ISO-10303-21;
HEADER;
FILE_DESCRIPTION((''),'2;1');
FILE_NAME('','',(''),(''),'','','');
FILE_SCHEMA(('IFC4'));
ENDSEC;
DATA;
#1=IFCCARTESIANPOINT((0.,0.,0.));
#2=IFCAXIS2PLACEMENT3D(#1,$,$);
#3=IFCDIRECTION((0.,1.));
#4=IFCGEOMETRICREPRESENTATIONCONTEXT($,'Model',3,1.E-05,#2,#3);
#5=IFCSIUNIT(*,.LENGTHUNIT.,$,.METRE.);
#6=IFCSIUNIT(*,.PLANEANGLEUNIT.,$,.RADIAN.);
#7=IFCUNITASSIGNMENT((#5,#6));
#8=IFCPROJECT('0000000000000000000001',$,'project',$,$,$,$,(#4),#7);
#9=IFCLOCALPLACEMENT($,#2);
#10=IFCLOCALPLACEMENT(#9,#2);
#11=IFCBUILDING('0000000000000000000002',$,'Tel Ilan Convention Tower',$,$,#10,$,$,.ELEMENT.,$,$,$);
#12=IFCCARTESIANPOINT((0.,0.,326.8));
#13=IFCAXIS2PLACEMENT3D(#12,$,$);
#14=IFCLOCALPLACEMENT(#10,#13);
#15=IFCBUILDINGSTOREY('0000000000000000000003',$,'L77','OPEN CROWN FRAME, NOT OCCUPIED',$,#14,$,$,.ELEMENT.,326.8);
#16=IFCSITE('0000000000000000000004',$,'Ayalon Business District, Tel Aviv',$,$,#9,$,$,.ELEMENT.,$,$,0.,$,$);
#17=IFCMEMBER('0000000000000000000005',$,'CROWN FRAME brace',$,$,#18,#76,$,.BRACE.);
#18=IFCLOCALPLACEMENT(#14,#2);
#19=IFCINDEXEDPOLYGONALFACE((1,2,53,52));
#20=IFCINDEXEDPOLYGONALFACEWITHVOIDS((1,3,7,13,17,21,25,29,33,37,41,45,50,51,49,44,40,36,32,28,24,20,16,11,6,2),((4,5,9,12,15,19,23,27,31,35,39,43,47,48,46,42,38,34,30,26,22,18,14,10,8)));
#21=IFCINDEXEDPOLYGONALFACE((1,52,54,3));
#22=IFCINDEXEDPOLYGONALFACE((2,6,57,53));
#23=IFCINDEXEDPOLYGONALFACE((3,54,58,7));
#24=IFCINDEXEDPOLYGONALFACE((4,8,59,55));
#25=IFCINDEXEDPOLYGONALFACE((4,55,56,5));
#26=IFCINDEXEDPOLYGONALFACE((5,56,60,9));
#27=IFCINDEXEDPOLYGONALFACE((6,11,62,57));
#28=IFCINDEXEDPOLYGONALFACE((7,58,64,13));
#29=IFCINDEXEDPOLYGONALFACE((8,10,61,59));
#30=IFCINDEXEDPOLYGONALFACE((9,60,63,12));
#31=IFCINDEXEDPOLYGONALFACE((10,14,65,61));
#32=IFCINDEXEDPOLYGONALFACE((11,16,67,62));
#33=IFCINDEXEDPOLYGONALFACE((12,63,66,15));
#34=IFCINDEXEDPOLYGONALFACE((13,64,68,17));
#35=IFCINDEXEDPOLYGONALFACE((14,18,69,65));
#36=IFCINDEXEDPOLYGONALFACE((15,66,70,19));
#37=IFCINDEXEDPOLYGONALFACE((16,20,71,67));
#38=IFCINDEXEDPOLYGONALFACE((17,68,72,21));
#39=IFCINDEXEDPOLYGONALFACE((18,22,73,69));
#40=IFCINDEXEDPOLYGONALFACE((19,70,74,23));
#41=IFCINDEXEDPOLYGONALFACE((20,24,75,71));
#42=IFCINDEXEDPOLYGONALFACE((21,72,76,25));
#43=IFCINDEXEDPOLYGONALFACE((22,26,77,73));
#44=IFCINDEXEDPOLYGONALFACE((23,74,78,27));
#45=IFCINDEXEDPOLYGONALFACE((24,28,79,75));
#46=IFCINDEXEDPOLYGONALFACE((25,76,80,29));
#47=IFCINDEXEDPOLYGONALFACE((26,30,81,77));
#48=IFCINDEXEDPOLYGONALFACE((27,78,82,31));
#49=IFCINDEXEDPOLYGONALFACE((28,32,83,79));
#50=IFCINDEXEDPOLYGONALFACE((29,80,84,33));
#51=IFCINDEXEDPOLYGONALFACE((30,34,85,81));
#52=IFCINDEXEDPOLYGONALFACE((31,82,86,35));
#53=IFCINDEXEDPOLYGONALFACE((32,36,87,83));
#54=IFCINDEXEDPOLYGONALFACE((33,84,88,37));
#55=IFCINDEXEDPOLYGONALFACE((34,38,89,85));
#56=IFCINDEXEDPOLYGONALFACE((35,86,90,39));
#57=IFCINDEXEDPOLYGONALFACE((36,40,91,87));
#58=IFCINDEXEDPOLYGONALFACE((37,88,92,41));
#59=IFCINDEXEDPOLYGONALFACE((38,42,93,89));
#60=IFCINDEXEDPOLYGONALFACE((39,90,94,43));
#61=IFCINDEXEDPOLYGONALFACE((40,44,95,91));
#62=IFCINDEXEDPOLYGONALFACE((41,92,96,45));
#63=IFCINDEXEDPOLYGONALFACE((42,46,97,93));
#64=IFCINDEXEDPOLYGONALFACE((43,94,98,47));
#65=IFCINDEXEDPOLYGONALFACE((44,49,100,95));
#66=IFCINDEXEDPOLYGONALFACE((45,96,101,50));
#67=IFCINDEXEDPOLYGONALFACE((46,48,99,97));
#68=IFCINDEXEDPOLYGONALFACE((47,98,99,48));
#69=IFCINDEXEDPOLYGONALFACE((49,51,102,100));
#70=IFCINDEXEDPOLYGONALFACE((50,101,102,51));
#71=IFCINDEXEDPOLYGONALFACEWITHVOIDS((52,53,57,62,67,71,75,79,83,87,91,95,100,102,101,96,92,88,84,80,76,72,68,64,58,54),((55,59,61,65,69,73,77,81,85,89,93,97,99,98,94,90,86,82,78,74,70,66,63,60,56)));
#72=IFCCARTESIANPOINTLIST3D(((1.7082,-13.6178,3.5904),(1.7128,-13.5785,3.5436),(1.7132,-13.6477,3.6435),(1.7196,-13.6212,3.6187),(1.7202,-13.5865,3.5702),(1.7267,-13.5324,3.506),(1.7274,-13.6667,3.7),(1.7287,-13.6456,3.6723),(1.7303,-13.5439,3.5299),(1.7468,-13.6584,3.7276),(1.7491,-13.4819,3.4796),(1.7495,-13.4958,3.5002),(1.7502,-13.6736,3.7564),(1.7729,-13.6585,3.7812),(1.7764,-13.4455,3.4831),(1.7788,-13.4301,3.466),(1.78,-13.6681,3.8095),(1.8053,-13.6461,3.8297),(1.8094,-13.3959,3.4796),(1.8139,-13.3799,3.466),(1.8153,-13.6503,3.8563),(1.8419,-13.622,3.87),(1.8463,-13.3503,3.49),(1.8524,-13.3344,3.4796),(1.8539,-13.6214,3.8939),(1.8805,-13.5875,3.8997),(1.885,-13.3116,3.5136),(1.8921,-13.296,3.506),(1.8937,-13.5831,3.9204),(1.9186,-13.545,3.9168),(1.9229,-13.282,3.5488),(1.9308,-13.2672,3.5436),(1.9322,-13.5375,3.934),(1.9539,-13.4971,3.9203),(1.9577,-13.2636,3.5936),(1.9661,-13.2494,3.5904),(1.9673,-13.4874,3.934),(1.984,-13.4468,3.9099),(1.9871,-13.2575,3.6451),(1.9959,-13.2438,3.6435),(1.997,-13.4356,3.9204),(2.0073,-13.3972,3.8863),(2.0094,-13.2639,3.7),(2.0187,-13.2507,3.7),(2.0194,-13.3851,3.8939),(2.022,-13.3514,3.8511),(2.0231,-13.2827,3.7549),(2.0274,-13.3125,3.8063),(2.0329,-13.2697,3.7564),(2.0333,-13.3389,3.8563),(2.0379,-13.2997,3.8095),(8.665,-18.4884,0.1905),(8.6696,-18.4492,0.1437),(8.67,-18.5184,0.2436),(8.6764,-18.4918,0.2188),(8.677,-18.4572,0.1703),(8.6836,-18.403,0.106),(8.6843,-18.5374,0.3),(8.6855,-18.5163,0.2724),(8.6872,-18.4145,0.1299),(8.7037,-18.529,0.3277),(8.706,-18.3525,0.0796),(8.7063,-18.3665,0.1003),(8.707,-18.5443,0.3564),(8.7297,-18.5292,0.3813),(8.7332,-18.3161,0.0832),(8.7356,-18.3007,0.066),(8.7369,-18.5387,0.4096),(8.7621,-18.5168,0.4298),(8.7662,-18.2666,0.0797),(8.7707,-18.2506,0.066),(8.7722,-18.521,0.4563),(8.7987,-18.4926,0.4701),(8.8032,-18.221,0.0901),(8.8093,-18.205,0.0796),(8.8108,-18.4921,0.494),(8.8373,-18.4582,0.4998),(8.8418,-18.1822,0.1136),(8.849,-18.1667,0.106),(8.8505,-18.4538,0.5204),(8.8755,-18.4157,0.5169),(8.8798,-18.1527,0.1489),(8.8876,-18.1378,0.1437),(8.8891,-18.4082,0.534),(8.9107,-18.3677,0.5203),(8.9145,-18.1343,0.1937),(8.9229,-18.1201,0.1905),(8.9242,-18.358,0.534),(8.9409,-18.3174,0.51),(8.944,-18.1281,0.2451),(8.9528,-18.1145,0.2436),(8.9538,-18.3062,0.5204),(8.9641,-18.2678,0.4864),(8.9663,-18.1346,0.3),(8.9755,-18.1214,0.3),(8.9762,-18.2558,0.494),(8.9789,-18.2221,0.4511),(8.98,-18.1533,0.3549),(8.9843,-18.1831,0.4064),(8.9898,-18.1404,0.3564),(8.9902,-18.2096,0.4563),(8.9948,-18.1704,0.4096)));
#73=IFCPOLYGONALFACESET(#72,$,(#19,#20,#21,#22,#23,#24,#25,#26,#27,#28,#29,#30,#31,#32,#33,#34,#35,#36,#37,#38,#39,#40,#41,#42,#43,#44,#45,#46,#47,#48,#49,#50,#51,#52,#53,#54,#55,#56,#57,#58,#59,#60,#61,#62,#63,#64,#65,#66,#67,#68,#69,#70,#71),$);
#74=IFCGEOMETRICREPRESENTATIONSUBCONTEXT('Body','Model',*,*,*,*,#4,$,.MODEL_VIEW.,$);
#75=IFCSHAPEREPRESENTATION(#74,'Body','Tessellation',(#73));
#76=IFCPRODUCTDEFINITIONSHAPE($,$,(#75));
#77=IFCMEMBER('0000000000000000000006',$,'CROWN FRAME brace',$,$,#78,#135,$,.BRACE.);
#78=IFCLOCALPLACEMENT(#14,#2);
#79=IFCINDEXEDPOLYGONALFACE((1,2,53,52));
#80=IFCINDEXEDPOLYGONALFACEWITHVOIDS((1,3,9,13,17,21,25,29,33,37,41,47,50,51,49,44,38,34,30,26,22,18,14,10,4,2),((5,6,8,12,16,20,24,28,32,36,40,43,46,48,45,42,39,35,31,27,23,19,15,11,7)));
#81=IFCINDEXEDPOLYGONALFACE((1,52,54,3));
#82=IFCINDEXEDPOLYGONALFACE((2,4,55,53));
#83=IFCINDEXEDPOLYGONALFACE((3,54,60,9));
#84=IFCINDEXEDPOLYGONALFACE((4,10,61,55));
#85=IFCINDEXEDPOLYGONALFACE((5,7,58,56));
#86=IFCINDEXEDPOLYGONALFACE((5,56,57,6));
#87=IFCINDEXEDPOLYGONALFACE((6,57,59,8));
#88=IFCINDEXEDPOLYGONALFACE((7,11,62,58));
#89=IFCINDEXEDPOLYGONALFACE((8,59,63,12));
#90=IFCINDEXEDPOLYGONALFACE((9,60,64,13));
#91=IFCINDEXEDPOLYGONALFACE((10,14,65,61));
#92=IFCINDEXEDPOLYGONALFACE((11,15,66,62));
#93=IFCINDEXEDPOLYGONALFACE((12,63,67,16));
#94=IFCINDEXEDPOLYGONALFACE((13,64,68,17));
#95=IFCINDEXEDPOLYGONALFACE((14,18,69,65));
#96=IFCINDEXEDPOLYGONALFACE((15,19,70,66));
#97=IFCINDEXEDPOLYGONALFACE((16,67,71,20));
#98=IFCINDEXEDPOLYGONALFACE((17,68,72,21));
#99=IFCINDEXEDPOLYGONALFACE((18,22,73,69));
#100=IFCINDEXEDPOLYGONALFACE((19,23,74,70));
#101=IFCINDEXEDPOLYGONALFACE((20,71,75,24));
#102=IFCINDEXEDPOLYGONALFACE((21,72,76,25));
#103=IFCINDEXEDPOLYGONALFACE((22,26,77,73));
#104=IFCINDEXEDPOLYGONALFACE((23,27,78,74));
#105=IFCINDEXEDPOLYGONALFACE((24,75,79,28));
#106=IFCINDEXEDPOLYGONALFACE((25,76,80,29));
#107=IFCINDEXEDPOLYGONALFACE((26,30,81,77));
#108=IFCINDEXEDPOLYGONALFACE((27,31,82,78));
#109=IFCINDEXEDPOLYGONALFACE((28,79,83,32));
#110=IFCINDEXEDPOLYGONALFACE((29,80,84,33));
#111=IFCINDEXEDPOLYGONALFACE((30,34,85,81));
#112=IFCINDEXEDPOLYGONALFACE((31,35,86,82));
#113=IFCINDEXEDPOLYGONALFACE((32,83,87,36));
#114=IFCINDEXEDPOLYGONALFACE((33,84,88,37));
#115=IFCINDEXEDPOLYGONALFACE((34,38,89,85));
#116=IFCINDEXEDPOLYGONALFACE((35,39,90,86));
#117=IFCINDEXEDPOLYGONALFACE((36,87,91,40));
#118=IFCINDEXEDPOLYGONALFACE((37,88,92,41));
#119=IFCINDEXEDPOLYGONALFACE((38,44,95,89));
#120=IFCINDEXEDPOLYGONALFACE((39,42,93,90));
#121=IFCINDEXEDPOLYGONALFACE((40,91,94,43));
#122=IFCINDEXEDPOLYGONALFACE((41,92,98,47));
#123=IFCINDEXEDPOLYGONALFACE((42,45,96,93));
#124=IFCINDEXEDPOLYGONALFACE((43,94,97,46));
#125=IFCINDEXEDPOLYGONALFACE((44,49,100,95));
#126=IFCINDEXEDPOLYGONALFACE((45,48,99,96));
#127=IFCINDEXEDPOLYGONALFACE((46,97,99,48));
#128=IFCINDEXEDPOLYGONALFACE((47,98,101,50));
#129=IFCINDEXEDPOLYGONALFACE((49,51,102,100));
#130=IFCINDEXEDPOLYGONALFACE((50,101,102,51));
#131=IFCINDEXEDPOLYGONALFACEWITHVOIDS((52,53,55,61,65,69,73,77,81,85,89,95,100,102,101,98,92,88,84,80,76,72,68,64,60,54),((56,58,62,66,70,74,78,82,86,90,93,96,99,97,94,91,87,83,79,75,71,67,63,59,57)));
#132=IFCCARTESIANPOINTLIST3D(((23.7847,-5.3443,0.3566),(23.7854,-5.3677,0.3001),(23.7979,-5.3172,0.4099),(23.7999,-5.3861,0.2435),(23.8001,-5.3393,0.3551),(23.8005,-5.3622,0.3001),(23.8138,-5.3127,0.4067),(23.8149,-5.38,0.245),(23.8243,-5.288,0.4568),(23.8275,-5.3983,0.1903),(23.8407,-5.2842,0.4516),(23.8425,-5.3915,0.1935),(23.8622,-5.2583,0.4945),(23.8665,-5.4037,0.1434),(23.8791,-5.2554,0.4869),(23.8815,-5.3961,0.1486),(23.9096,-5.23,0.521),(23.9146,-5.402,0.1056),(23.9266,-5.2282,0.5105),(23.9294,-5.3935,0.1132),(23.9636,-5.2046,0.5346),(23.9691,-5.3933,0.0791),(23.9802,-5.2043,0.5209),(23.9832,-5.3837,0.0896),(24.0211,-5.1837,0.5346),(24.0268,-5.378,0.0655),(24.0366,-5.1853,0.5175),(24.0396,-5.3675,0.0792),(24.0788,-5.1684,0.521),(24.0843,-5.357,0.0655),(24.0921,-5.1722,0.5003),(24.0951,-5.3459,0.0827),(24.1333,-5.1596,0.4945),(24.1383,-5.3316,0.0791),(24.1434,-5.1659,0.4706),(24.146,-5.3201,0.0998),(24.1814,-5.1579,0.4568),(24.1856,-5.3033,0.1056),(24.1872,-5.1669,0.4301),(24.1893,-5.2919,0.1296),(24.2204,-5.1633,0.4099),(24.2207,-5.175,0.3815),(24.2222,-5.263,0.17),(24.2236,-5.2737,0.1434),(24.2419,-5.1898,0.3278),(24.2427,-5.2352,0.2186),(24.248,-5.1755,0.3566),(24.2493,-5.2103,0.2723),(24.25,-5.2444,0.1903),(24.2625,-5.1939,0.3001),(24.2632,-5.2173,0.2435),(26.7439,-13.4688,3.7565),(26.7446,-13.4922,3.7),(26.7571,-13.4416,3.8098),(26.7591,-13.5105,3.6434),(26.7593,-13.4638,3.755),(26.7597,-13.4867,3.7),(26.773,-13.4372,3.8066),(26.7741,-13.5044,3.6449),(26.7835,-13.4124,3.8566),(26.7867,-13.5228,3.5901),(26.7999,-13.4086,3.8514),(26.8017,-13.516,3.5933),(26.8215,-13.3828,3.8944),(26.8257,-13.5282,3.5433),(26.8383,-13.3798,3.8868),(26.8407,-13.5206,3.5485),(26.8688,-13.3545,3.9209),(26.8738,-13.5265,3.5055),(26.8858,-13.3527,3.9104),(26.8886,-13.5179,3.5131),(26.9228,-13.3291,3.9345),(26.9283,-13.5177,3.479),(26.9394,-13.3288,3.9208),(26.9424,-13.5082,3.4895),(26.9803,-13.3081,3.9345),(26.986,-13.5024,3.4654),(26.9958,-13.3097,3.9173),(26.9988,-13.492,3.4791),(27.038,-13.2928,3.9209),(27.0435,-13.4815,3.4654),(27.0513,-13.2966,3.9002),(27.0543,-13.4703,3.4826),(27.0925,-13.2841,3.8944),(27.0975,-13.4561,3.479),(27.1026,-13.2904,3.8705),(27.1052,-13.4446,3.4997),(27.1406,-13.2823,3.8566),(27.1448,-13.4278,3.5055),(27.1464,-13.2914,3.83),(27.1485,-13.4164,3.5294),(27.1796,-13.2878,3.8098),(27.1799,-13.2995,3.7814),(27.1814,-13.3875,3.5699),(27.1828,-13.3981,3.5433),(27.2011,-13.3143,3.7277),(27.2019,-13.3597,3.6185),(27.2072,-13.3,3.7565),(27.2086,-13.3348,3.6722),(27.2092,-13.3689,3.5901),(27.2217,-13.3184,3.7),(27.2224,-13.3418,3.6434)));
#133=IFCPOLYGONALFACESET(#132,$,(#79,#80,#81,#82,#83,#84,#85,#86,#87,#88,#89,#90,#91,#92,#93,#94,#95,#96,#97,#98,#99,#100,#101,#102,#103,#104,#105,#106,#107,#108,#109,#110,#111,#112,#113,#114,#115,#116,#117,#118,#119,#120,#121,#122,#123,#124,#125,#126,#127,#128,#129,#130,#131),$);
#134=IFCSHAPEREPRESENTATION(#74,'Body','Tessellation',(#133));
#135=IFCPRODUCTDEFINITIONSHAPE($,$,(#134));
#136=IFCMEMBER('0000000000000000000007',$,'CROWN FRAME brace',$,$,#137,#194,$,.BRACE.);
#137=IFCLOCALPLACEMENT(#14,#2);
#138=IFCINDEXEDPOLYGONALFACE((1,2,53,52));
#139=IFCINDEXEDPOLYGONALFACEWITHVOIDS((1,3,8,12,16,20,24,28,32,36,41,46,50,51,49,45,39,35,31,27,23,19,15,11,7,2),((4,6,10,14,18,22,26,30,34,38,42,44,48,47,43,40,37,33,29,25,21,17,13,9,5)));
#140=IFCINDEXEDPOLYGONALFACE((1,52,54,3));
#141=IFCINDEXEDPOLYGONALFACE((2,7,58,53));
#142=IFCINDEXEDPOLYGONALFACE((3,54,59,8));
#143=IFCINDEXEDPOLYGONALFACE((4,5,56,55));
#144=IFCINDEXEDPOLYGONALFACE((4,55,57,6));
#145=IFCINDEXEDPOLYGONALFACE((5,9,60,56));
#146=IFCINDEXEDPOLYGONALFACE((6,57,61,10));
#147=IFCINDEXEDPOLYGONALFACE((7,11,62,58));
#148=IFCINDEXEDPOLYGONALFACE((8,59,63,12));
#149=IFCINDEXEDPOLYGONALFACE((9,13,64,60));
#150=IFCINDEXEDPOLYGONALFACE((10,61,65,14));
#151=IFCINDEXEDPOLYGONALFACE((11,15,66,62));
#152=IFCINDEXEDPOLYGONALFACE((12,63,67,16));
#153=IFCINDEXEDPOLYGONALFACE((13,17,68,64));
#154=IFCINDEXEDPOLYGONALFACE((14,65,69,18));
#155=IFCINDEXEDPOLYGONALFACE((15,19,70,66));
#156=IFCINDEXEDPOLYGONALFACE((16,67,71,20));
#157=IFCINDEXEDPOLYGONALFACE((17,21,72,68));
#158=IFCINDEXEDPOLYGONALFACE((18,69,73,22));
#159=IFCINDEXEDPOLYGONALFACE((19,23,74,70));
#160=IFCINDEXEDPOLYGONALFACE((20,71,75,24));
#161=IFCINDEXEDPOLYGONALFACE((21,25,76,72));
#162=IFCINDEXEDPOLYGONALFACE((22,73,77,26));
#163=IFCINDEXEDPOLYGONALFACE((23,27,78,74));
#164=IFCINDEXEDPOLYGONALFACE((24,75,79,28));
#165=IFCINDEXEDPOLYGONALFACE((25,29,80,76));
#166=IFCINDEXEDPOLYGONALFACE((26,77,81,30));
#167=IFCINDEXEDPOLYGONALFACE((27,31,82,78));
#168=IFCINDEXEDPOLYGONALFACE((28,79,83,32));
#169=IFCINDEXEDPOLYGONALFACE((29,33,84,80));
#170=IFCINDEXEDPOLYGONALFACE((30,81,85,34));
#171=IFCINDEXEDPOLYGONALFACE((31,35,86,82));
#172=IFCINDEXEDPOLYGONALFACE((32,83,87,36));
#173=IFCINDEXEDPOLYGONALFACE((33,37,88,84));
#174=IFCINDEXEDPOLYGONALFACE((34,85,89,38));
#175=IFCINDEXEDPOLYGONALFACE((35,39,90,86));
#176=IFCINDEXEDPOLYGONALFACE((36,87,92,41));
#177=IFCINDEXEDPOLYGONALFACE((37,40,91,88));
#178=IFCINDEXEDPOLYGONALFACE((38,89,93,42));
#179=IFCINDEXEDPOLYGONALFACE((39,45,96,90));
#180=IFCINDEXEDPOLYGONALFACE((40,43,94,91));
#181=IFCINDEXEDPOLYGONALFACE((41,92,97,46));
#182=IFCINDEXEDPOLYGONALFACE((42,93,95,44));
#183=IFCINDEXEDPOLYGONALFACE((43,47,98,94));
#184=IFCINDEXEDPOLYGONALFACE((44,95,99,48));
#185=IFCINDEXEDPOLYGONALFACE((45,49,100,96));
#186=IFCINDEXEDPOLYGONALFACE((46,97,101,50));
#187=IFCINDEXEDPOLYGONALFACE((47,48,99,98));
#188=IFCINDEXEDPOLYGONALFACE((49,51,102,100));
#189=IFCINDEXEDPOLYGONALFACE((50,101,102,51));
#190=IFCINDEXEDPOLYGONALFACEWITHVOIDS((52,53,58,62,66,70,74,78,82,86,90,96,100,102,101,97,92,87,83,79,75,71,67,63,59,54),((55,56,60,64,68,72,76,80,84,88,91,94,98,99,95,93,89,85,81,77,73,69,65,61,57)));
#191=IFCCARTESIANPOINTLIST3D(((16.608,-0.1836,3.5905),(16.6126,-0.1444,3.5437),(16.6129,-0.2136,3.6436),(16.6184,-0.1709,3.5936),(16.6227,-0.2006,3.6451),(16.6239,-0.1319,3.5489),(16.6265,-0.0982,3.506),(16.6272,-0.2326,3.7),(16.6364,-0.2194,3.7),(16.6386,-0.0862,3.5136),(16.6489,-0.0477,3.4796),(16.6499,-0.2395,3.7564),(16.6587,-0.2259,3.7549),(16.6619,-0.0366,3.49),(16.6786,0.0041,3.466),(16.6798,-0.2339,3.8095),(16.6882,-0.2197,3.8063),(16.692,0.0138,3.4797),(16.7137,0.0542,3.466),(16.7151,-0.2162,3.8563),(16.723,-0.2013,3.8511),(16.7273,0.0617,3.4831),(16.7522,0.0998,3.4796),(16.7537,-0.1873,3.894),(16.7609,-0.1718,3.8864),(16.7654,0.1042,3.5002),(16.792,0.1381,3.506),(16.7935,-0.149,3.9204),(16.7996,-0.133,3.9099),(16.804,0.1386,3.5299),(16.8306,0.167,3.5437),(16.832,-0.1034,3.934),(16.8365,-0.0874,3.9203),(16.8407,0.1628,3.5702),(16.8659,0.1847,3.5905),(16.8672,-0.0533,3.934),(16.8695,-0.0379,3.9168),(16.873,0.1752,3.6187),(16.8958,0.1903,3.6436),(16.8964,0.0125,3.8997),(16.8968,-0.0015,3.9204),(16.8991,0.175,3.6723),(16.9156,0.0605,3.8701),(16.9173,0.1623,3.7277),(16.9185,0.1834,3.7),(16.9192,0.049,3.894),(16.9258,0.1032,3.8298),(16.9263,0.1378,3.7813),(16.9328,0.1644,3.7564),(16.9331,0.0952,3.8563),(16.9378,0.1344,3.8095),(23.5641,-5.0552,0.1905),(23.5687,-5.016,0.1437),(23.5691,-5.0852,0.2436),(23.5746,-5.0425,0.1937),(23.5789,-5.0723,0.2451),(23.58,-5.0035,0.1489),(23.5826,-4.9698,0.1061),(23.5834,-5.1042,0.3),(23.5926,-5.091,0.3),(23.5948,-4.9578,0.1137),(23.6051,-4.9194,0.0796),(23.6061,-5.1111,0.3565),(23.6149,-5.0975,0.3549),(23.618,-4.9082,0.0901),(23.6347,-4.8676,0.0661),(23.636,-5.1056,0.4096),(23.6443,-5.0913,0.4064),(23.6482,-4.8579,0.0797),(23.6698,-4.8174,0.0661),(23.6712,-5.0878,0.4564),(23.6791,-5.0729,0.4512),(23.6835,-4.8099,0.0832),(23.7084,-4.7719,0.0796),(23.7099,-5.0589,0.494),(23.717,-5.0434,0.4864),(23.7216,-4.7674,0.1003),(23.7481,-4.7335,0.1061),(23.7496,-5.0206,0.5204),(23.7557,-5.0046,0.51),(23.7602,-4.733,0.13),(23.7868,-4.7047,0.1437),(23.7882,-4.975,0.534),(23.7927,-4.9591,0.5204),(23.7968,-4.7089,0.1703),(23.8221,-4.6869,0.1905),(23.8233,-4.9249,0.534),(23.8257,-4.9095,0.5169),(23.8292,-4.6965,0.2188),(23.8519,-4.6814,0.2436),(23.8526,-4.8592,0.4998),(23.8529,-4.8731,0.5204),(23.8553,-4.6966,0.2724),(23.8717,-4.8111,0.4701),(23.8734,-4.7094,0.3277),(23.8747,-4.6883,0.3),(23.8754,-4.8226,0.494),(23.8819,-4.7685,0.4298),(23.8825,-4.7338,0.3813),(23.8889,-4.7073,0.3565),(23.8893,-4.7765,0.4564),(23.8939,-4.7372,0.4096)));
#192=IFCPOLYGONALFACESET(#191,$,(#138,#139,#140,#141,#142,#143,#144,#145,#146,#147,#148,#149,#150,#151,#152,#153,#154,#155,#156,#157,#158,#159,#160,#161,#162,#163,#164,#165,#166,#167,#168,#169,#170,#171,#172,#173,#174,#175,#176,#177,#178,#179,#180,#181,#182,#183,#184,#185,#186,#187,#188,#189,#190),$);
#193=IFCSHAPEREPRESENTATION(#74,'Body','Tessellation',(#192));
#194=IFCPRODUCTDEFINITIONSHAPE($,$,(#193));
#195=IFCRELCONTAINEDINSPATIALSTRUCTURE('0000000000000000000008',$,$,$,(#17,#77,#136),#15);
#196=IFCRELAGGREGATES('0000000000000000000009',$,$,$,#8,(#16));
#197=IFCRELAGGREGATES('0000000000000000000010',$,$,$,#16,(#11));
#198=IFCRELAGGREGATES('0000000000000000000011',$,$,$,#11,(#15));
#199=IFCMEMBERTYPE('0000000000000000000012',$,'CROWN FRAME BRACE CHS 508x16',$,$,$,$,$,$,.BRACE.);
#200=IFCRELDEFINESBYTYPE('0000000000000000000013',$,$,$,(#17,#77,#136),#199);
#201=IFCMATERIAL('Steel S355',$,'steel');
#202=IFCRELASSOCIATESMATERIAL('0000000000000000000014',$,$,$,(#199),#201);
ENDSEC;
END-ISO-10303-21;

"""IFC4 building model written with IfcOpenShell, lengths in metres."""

from ifc_helpers import new_model, si_unit, direction, frame, origin, origin_2d, place, context, subcontext, project, spatial, hollow_circle, extrude, material, material_profile, profile_set, type_object, element, save


model = new_model("IFC4")

# Units and contexts
model_context = context("Model", 3, precision=1e-05, world=origin(), true_north=direction((0.0, 1.0)))
body_context = subcontext(model_context, "Body", "Model", "MODEL_VIEW")
ifc_project = project(units=[si_unit("LENGTHUNIT", "METRE"), si_unit("PLANEANGLEUNIT", "RADIAN")], contexts=[model_context])

# Site, building, storey
site_placement = place(None, origin())
site = spatial("IfcSite", under=ifc_project, at=site_placement, Name="Ayalon Business District, Tel Aviv", CompositionType="ELEMENT", RefElevation=0.0)
building_placement = place(site_placement, origin())
building = spatial("IfcBuilding", under=site, at=building_placement, Name="Tel Ilan Convention Tower", CompositionType="ELEMENT")
storey_placement = place(building_placement, frame((0.0, 0.0, 326.8)))
storey = spatial("IfcBuildingStorey", under=building, at=storey_placement, Name="L77", Description="OPEN CROWN FRAME, NOT OCCUPIED", CompositionType="ELEMENT", Elevation=326.8)

# Members
ifc_material_1 = material(Name="Steel S355", Category="steel")
ifc_material_profile_1 = material_profile(ifc_material_1, hollow_circle(Radius=0.2539, WallThickness=0.0161, at=origin_2d()), Name="CHS 508x16")
ifc_profile_set_1 = profile_set([ifc_material_profile_1], Name="Steel S355")
member_type = type_object("IfcMemberType", Name="CROWN FRAME BRACE CHS 508x16", PredefinedType="BRACE", material=ifc_profile_set_1)
member_1_placement = place(storey_placement, frame((1.873, -13.4587, 3.7), z_axis=(0.760502, -0.532445, -0.371671), x_axis=(0.57353, 0.819185, 0.0)))
element("IfcMember", 1, at=member_1_placement, inside=storey, type_object=member_type, Name="CROWN FRAME brace", PredefinedType="BRACE", context=body_context, shape_type="SweptSolid", body=[
    extrude(hollow_circle(Radius=0.2539, WallThickness=0.0161, at=origin_2d()), origin(), (0.0, 0.0, 1.0), 9.1477),
])
member_2_placement = place(storey_placement, frame((26.9832, -13.4053, 3.7), z_axis=(-0.318502, 0.874443, -0.365932), x_axis=(-0.939613, -0.34224, 0.0)))
element("IfcMember", 2, at=member_2_placement, inside=storey, type_object=member_type, Name="CROWN FRAME brace", PredefinedType="BRACE", context=body_context, shape_type="SweptSolid", body=[
    extrude(hollow_circle(Radius=0.2539, WallThickness=0.0161, at=origin_2d()), origin(), (0.0, 0.0, 1.0), 9.291),
])
member_3_placement = place(storey_placement, frame((23.729, -4.8962, 0.3), z_axis=(-0.760425, 0.532554, 0.371672), x_axis=(-0.573648, -0.819102, 0.0)))
element("IfcMember", 3, at=member_3_placement, inside=storey, type_object=member_type, Name="CROWN FRAME brace", PredefinedType="BRACE", context=body_context, shape_type="SweptSolid", body=[
    extrude(hollow_circle(Radius=0.2539, WallThickness=0.0161, at=origin_2d()), origin(), (0.0, 0.0, 1.0), 9.1477),
])

save(model, "model.ifc")
